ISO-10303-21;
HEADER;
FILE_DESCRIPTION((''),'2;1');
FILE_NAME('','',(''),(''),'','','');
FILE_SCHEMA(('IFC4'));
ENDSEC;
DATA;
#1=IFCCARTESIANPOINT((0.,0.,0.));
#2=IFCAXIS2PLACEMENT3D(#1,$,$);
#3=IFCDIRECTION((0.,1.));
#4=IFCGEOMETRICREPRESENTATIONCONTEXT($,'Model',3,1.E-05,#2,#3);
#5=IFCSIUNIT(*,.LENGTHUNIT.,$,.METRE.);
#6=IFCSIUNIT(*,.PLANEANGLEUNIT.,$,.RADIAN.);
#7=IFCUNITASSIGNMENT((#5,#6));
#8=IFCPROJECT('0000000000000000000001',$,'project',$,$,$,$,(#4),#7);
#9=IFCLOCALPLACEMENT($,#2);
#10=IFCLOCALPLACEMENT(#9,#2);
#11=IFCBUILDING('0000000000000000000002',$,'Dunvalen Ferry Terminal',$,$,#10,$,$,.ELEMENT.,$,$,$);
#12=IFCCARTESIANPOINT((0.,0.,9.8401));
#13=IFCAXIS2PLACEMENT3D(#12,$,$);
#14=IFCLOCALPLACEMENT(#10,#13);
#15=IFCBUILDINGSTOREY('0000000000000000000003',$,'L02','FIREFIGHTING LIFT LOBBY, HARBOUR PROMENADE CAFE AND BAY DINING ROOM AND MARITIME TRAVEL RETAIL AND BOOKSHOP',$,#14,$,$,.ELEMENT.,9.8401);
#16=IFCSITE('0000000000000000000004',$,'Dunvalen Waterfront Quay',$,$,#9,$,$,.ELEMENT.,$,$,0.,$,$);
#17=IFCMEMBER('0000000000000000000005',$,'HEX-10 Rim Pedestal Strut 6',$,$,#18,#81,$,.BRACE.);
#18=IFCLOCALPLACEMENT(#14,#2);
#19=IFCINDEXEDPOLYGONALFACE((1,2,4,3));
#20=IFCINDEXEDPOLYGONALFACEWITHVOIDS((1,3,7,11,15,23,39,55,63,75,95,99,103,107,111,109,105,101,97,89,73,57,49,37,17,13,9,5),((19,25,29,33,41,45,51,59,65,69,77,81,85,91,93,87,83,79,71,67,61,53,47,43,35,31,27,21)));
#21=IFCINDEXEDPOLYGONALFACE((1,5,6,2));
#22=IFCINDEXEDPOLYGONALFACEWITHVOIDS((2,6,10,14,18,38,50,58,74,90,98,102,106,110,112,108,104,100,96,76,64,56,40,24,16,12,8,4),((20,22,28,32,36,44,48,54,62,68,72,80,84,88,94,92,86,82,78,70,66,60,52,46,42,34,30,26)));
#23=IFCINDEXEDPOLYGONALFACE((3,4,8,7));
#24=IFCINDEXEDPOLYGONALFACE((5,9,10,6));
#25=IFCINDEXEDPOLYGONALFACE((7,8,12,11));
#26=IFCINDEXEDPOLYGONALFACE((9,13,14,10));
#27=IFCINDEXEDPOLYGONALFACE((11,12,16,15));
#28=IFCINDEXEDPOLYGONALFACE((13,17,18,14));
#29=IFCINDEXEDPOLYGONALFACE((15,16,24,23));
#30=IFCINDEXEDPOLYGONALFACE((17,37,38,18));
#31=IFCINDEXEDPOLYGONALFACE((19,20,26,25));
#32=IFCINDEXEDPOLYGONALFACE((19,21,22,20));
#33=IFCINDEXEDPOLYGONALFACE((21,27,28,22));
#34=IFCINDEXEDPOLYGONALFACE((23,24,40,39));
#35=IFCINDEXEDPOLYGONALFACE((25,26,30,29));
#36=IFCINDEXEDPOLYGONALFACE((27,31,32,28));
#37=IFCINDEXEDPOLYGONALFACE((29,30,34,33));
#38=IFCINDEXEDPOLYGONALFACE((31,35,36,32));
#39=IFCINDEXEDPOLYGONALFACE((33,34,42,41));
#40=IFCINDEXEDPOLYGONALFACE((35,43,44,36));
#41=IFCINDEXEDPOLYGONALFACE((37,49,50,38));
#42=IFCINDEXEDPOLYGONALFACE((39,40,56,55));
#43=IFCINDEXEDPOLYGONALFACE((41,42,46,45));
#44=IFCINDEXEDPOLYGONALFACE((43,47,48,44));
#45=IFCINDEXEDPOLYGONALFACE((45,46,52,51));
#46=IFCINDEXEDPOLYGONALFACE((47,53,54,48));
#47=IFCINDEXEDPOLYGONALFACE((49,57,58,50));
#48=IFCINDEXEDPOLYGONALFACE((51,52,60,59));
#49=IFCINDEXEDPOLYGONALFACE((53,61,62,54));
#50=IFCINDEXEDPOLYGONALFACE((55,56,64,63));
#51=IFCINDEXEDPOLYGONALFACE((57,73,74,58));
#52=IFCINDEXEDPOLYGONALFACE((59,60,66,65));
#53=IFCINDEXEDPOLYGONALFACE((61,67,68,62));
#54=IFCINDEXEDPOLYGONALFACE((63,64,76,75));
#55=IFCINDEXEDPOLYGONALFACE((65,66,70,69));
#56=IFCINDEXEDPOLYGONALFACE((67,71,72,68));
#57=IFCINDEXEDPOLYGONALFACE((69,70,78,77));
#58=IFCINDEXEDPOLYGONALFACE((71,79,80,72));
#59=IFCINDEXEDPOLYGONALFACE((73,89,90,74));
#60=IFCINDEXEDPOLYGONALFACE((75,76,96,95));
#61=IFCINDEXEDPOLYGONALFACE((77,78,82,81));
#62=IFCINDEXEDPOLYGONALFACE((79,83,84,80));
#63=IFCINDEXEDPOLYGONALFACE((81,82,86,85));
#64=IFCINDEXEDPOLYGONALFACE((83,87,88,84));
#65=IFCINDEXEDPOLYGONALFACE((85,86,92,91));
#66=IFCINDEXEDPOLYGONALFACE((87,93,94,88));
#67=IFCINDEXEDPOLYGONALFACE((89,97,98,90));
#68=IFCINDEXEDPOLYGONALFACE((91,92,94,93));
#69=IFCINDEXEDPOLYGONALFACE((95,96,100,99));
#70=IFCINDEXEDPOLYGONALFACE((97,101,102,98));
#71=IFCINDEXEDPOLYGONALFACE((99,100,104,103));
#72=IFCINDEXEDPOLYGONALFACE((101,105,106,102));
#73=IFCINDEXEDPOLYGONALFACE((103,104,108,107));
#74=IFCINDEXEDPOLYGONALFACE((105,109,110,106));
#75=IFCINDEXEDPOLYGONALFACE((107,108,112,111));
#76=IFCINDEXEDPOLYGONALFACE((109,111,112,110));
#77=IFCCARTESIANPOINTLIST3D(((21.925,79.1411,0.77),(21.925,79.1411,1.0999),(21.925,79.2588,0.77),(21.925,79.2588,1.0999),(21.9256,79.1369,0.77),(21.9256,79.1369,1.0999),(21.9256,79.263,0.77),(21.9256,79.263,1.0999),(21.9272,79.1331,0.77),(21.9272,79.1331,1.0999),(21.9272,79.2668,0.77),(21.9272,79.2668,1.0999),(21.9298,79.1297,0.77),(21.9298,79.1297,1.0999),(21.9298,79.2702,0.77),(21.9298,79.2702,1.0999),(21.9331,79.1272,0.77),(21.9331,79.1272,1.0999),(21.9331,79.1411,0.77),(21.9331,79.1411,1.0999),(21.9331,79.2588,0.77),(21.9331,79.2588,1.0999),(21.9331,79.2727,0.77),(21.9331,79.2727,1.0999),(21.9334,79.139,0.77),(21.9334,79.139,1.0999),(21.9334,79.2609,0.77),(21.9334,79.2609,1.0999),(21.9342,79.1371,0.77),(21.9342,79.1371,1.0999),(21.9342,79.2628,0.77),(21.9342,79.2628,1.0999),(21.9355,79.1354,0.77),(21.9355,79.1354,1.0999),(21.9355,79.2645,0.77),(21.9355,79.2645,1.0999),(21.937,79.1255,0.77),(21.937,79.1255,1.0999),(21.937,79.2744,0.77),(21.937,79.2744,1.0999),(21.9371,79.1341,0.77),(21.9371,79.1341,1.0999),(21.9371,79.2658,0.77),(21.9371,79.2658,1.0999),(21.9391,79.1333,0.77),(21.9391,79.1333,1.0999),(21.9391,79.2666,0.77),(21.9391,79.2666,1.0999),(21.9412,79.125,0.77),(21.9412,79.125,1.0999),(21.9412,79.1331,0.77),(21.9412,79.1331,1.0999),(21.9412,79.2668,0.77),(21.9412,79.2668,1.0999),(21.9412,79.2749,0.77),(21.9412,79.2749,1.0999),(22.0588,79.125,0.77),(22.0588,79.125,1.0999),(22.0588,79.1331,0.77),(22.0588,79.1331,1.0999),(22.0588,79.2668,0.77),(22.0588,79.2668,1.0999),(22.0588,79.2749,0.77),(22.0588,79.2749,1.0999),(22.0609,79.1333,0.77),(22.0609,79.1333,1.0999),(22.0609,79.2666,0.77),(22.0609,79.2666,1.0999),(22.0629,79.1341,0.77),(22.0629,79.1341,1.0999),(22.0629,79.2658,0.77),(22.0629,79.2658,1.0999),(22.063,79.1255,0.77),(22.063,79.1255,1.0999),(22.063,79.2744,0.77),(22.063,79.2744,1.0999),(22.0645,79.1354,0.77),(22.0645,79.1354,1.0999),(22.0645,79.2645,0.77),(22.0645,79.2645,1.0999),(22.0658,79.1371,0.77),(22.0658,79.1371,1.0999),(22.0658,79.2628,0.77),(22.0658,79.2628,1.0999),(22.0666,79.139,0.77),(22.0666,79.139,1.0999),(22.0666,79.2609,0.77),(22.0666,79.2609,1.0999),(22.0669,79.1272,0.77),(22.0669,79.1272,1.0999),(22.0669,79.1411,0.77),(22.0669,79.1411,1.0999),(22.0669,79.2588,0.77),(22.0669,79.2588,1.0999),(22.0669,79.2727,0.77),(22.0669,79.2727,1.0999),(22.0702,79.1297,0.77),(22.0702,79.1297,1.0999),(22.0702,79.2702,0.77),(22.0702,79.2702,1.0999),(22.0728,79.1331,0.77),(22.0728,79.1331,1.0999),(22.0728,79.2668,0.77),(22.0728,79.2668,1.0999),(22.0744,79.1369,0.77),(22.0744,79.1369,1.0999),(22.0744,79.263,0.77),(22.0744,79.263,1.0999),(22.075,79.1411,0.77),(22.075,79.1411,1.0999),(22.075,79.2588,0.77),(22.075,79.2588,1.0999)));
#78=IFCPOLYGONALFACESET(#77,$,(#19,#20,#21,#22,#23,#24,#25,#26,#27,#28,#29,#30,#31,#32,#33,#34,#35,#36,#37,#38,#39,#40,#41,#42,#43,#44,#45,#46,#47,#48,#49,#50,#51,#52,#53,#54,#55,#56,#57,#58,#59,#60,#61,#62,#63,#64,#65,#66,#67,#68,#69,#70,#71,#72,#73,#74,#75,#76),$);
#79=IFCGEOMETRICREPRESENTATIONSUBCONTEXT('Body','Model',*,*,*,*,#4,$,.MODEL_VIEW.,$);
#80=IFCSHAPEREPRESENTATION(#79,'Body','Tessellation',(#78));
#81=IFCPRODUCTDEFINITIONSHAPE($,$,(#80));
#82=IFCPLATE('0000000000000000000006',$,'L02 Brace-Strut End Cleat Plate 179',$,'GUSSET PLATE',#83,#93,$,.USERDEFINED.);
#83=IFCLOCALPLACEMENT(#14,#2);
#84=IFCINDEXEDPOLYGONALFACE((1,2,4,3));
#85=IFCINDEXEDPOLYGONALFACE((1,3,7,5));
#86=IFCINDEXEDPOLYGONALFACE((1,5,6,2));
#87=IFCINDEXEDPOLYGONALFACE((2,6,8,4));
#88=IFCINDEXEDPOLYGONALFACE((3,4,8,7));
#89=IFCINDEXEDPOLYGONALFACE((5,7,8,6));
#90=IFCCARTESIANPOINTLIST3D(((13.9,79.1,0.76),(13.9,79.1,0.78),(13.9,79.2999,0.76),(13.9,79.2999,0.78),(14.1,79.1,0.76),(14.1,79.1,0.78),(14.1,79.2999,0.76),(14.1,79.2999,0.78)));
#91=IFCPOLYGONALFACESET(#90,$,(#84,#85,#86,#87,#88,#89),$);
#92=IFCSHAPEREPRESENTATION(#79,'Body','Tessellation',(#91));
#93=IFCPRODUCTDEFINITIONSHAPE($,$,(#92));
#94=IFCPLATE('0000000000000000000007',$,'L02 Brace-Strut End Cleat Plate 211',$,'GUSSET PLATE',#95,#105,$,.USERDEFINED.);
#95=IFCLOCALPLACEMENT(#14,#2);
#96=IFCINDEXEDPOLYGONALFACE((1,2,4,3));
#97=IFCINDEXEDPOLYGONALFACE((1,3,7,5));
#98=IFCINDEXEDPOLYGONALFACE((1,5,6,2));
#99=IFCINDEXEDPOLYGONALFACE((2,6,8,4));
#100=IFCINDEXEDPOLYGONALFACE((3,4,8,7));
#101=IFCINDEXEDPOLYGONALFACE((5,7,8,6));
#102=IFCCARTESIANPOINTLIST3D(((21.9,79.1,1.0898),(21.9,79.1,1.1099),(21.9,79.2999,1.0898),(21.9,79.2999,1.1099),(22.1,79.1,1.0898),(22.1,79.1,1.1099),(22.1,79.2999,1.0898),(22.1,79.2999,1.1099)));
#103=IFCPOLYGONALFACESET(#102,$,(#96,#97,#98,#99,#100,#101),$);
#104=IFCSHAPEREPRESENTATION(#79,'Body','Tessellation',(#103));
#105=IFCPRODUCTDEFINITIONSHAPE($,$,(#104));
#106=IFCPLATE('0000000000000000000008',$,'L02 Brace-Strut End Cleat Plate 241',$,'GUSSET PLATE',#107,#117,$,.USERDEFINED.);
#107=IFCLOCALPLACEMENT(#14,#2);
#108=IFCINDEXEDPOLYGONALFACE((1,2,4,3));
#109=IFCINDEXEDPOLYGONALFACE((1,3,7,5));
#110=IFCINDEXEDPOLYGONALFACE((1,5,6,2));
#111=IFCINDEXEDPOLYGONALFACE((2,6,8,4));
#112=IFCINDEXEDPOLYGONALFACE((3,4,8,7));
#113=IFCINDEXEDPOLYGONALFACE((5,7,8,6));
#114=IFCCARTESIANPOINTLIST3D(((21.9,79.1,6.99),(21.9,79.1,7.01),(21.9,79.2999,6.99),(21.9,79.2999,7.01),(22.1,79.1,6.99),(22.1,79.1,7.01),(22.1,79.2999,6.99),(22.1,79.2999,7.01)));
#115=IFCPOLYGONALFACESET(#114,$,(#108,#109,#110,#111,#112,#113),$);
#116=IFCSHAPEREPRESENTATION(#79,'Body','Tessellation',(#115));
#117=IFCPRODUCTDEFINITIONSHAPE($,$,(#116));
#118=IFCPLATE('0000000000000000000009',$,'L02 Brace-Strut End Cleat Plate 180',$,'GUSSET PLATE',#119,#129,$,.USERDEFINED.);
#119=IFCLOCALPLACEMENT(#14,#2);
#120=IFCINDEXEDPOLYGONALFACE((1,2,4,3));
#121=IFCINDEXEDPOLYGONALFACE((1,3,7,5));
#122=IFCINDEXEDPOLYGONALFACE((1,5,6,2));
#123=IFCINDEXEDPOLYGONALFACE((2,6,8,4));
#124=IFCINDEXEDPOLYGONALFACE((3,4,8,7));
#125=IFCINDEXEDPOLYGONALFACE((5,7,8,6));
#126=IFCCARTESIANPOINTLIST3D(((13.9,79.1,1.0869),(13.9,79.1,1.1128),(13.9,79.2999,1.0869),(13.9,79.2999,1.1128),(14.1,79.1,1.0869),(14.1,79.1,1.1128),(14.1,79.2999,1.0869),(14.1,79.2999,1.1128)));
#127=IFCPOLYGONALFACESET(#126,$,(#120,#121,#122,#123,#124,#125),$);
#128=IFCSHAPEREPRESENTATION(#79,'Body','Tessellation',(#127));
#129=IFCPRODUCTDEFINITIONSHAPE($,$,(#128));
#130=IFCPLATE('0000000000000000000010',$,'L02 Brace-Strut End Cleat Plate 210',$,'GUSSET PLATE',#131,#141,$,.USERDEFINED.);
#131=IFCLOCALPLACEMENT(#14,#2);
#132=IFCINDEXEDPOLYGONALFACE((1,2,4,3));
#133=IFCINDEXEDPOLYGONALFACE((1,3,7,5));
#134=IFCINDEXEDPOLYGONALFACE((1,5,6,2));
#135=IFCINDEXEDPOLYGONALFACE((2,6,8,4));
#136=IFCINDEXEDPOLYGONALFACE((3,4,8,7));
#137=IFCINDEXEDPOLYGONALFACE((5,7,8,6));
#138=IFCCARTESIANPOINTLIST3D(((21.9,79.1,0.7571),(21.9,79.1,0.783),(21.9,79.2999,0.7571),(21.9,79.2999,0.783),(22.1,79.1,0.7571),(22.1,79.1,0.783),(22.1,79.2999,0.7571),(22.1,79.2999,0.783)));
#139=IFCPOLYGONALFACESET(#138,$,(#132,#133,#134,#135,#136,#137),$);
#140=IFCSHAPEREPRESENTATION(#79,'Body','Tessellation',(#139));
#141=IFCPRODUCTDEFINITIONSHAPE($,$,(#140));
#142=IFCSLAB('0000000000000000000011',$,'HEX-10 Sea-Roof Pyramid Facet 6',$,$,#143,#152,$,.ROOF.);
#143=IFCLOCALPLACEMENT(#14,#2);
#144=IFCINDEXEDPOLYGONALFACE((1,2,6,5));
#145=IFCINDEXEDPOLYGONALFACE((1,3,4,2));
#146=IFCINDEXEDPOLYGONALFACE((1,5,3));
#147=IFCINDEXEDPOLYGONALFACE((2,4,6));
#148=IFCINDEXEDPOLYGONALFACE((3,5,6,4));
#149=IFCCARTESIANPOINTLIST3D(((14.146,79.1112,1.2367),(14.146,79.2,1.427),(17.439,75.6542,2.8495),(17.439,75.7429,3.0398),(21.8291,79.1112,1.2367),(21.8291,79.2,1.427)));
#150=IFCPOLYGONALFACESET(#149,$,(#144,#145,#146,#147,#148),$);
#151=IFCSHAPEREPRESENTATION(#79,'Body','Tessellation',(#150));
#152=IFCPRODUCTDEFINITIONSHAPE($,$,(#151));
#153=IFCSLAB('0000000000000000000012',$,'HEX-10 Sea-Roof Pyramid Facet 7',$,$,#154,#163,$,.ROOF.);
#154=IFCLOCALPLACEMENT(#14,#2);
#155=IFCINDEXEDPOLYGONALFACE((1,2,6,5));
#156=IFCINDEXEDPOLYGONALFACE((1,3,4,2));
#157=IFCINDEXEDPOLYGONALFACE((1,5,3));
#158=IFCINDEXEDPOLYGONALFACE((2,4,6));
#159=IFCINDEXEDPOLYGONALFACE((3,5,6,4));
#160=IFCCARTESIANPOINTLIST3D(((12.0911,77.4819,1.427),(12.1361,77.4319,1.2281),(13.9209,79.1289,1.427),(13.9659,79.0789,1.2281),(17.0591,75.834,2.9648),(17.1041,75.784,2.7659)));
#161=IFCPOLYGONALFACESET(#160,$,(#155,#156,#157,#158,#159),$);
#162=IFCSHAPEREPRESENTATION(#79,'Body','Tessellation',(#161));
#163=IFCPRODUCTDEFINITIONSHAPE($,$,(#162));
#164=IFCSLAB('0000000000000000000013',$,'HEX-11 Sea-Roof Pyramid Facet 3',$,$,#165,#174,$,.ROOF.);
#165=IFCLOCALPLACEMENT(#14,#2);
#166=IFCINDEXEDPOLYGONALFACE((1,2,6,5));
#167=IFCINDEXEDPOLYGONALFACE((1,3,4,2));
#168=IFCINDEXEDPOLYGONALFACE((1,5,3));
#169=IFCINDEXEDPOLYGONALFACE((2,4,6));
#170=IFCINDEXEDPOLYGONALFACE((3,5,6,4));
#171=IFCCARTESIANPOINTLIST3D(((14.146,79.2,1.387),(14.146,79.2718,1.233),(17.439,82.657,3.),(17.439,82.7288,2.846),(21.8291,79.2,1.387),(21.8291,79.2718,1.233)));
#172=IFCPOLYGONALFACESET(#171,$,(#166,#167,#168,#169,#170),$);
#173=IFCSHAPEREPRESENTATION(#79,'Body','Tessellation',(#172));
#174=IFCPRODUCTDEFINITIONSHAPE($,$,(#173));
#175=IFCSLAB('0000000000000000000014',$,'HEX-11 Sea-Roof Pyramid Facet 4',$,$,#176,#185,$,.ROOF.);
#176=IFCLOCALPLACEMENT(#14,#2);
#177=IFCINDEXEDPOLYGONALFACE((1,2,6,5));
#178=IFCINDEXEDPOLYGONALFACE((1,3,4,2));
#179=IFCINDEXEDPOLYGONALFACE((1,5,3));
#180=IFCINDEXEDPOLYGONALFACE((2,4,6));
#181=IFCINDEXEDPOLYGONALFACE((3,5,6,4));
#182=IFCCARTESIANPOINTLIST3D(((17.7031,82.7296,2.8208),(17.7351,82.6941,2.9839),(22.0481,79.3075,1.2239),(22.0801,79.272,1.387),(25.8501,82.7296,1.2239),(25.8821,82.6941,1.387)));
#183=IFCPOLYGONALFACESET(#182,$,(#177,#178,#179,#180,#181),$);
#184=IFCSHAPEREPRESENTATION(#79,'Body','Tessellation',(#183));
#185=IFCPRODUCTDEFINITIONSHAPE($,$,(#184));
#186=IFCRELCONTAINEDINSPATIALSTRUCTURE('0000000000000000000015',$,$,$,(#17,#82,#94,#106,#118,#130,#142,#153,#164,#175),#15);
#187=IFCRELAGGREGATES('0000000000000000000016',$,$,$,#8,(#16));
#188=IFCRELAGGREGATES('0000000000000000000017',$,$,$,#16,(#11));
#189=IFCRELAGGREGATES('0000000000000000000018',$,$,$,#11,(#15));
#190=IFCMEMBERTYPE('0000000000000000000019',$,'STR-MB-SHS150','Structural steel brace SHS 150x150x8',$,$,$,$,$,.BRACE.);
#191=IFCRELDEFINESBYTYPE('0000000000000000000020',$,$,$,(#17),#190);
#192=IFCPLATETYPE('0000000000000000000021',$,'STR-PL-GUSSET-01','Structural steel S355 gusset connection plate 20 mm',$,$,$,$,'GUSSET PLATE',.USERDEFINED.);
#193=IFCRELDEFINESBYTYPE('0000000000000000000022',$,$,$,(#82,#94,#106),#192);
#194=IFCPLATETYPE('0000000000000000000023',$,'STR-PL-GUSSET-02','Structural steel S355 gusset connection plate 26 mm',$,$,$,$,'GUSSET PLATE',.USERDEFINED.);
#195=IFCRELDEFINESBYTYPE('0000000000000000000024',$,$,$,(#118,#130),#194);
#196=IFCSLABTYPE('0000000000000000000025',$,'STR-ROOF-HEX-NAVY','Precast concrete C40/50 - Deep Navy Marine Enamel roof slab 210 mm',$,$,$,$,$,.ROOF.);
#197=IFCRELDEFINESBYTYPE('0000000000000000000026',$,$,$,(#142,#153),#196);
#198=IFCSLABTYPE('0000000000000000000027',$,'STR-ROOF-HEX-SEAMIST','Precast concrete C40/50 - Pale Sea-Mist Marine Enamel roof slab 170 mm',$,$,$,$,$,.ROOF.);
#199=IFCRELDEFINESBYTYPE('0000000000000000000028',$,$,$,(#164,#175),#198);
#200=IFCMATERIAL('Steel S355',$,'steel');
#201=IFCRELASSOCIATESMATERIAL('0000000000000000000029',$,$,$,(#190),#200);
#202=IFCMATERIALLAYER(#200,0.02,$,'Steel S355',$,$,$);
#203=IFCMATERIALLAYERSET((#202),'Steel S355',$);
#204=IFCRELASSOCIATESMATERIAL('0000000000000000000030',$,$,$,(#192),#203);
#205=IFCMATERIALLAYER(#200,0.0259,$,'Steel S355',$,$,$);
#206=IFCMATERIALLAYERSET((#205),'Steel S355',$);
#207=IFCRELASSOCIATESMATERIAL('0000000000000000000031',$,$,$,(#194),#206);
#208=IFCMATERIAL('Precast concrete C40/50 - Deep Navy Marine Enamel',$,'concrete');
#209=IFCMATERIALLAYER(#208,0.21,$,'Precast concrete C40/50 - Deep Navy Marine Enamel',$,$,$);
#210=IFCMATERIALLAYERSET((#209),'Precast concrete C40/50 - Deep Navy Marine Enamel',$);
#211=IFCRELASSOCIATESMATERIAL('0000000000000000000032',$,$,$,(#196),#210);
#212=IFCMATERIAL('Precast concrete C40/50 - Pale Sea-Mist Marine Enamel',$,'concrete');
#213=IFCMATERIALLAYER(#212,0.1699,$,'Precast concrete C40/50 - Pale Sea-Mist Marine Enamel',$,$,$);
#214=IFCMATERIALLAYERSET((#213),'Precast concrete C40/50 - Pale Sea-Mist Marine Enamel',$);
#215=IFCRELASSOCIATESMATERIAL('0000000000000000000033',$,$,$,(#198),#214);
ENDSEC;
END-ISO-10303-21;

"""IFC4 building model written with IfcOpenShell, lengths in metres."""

from ifc_helpers import new_model, si_unit, direction, frame, origin, origin_2d, place, context, subcontext, project, spatial, polyline, rectangle, hollow_rectangle, outline, extrude, material, layer, layer_set, material_profile, profile_set, type_object, element, save


model = new_model("IFC4")

# Units and contexts
model_context = context("Model", 3, precision=1e-05, world=origin(), true_north=direction((0.0, 1.0)))
body_context = subcontext(model_context, "Body", "Model", "MODEL_VIEW")
ifc_project = project(units=[si_unit("LENGTHUNIT", "METRE"), si_unit("PLANEANGLEUNIT", "RADIAN")], contexts=[model_context])

# Site, building, storey
site_placement = place(None, origin())
site = spatial("IfcSite", under=ifc_project, at=site_placement, Name="Dunvalen Waterfront Quay", CompositionType="ELEMENT", RefElevation=0.0)
building_placement = place(site_placement, origin())
building = spatial("IfcBuilding", under=site, at=building_placement, Name="Dunvalen Ferry Terminal", CompositionType="ELEMENT")
storey_placement = place(building_placement, frame((0.0, 0.0, 9.8401)))
storey = spatial("IfcBuildingStorey", under=building, at=storey_placement, Name="L02", Description="FIREFIGHTING LIFT LOBBY, HARBOUR PROMENADE CAFE AND BAY DINING ROOM AND MARITIME TRAVEL RETAIL AND BOOKSHOP", CompositionType="ELEMENT", Elevation=9.8401)

# Shared definitions
ifc_material_1 = material(Name="Steel S355", Category="steel")

# Member
ifc_material_profile_1 = material_profile(ifc_material_1, hollow_rectangle(XDim=0.1499, YDim=0.1499, WallThickness=0.0081, InnerFilletRadius=0.0081, OuterFilletRadius=0.0161, at=origin_2d()), Name="Steel S355")
ifc_profile_set_1 = profile_set([ifc_material_profile_1], Name="Steel S355")
member_type_1 = type_object("IfcMemberType", Name="STR-MB-SHS150", Description="Structural steel brace SHS 150x150x8", PredefinedType="BRACE", material=ifc_profile_set_1)
for number, where, z_axis, x_axis, name in (
    (1, (22.0, 79.2, 0.77), (0.0, 0.0, 1.0), (1.0, 0.0, 0.0), "HEX-10 Rim Pedestal Strut 6"),
):
    element("IfcMember", number, at=place(storey_placement, frame(where, z_axis=z_axis, x_axis=x_axis)), inside=storey, type_object=member_type_1, Name=name, PredefinedType="BRACE", context=body_context, shape_type="SweptSolid", body=[
        extrude(hollow_rectangle(XDim=0.1499, YDim=0.1499, WallThickness=0.0081, InnerFilletRadius=0.0081, OuterFilletRadius=0.0161, at=origin_2d()), origin(), (0.0, 0.0, 1.0), 0.3298),
    ])

# Plates
ifc_layer_1 = layer(ifc_material_1, 0.02, Name="Steel S355")
ifc_layer_set_1 = layer_set([ifc_layer_1], Name="Steel S355")
plate_type_1 = type_object("IfcPlateType", Name="STR-PL-GUSSET-01", Description="Structural steel S355 gusset connection plate 20 mm", ElementType="GUSSET PLATE", PredefinedType="USERDEFINED", material=ifc_layer_set_1)
for number, where, z_axis, x_axis, name in (
    (2, (14.0, 79.2, 0.76), (0.0, 0.0, 1.0), (1.0, 0.0, 0.0), "L02 Brace-Strut End Cleat Plate 179"),
    (3, (22.0, 79.2, 1.0898), (0.0, 0.0, 1.0), (1.0, 0.0, 0.0), "L02 Brace-Strut End Cleat Plate 211"),
    (4, (22.0, 79.2, 6.99), (0.0, 0.0, 1.0), (1.0, 0.0, 0.0), "L02 Brace-Strut End Cleat Plate 241"),
):
    element("IfcPlate", number, at=place(storey_placement, frame(where, z_axis=z_axis, x_axis=x_axis)), inside=storey, type_object=plate_type_1, Name=name, ObjectType="GUSSET PLATE", PredefinedType="USERDEFINED", context=body_context, shape_type="SweptSolid", body=[
        extrude(rectangle(XDim=0.2, YDim=0.2, at=origin_2d()), origin(), (0.0, 0.0, 1.0), 0.02),
    ])
ifc_layer_2 = layer(ifc_material_1, 0.0259, Name="Steel S355")
ifc_layer_set_2 = layer_set([ifc_layer_2], Name="Steel S355")
plate_type_2 = type_object("IfcPlateType", Name="STR-PL-GUSSET-02", Description="Structural steel S355 gusset connection plate 26 mm", ElementType="GUSSET PLATE", PredefinedType="USERDEFINED", material=ifc_layer_set_2)
for number, where, z_axis, x_axis, name in (
    (5, (14.0, 79.2, 1.0869), (0.0, 0.0, 1.0), (1.0, 0.0, 0.0), "L02 Brace-Strut End Cleat Plate 180"),
    (6, (22.0, 79.2, 0.7571), (0.0, 0.0, 1.0), (1.0, 0.0, 0.0), "L02 Brace-Strut End Cleat Plate 210"),
):
    element("IfcPlate", number, at=place(storey_placement, frame(where, z_axis=z_axis, x_axis=x_axis)), inside=storey, type_object=plate_type_2, Name=name, ObjectType="GUSSET PLATE", PredefinedType="USERDEFINED", context=body_context, shape_type="SweptSolid", body=[
        extrude(rectangle(XDim=0.2, YDim=0.2, at=origin_2d()), origin(), (0.0, 0.0, 1.0), 0.0259),
    ])

# Slabs
ifc_material_2 = material(Name="Precast concrete C40/50 - Deep Navy Marine Enamel", Category="concrete")
ifc_layer_3 = layer(ifc_material_2, 0.21, Name="Precast concrete C40/50 - Deep Navy Marine Enamel")
ifc_layer_set_3 = layer_set([ifc_layer_3], Name="Precast concrete C40/50 - Deep Navy Marine Enamel")
slab_type_1 = type_object("IfcSlabType", Name="STR-ROOF-HEX-NAVY", Description="Precast concrete C40/50 - Deep Navy Marine Enamel roof slab 210 mm", PredefinedType="ROOF", material=ifc_layer_set_3)
slab_1_placement = place(storey_placement, frame((21.8291, 79.2, 1.427), z_axis=(0.0, 0.42278, 0.906232), x_axis=(-1.0, 0.0, 0.0)))
element("IfcSlab", 7, at=slab_1_placement, inside=storey, type_object=slab_type_1, Name="HEX-10 Sea-Roof Pyramid Facet 6", PredefinedType="ROOF", context=body_context, shape_type="SweptSolid", body=[
    extrude(outline(polyline([(0.0, 0.0), (7.6831, 0.0), (4.3901, 3.8147), (0.0, 0.0)])), origin(), (0.0, 0.0, -1.0), 0.21),
])
slab_2_placement = place(storey_placement, frame((13.9209, 79.1289, 1.427), z_axis=(-0.214273, 0.238063, 0.947319), x_axis=(-0.743269, -0.668992, 0.0)))
element("IfcSlab", 8, at=slab_2_placement, inside=storey, type_object=slab_type_1, Name="HEX-10 Sea-Roof Pyramid Facet 7", PredefinedType="ROOF", context=body_context, shape_type="SweptSolid", body=[
    extrude(outline(polyline([(0.0, 0.0), (2.4619, 0.0), (-0.1282, 4.8014), (0.0, 0.0)])), origin(), (0.0, 0.0, -1.0), 0.21),
])
ifc_material_3 = material(Name="Precast concrete C40/50 - Pale Sea-Mist Marine Enamel", Category="concrete")
ifc_layer_4 = layer(ifc_material_3, 0.1699, Name="Precast concrete C40/50 - Pale Sea-Mist Marine Enamel")
ifc_layer_set_4 = layer_set([ifc_layer_4], Name="Precast concrete C40/50 - Pale Sea-Mist Marine Enamel")
slab_type_2 = type_object("IfcSlabType", Name="STR-ROOF-HEX-SEAMIST", Description="Precast concrete C40/50 - Pale Sea-Mist Marine Enamel roof slab 170 mm", PredefinedType="ROOF", material=ifc_layer_set_4)
slab_3_placement = place(storey_placement, frame((14.146, 79.2, 1.387), z_axis=(0.0, -0.422833, 0.906208), x_axis=(1.0, 0.0, 0.0)))
element("IfcSlab", 9, at=slab_3_placement, inside=storey, type_object=slab_type_2, Name="HEX-11 Sea-Roof Pyramid Facet 3", PredefinedType="ROOF", context=body_context, shape_type="SweptSolid", body=[
    extrude(outline(polyline([(0.0, 0.0), (7.6831, 0.0), (3.293, 3.8148), (0.0, 0.0)])), origin(), (0.0, 0.0, -1.0), 0.1699),
])
slab_4_placement = place(storey_placement, frame((22.0801, 79.272, 1.387), z_axis=(0.188106, -0.208988, 0.959656), x_axis=(0.743263, 0.668999, 0.0)))
element("IfcSlab", 10, at=slab_4_placement, inside=storey, type_object=slab_type_2, Name="HEX-11 Sea-Roof Pyramid Facet 4", PredefinedType="ROOF", context=body_context, shape_type="SweptSolid", body=[
    extrude(outline(polyline([(0.0, 0.0), (5.1153, 0.0), (-0.9401, 5.6794), (0.0, 0.0)])), origin(), (0.0, 0.0, -1.0), 0.1699),
])

save(model, "model.ifc")
